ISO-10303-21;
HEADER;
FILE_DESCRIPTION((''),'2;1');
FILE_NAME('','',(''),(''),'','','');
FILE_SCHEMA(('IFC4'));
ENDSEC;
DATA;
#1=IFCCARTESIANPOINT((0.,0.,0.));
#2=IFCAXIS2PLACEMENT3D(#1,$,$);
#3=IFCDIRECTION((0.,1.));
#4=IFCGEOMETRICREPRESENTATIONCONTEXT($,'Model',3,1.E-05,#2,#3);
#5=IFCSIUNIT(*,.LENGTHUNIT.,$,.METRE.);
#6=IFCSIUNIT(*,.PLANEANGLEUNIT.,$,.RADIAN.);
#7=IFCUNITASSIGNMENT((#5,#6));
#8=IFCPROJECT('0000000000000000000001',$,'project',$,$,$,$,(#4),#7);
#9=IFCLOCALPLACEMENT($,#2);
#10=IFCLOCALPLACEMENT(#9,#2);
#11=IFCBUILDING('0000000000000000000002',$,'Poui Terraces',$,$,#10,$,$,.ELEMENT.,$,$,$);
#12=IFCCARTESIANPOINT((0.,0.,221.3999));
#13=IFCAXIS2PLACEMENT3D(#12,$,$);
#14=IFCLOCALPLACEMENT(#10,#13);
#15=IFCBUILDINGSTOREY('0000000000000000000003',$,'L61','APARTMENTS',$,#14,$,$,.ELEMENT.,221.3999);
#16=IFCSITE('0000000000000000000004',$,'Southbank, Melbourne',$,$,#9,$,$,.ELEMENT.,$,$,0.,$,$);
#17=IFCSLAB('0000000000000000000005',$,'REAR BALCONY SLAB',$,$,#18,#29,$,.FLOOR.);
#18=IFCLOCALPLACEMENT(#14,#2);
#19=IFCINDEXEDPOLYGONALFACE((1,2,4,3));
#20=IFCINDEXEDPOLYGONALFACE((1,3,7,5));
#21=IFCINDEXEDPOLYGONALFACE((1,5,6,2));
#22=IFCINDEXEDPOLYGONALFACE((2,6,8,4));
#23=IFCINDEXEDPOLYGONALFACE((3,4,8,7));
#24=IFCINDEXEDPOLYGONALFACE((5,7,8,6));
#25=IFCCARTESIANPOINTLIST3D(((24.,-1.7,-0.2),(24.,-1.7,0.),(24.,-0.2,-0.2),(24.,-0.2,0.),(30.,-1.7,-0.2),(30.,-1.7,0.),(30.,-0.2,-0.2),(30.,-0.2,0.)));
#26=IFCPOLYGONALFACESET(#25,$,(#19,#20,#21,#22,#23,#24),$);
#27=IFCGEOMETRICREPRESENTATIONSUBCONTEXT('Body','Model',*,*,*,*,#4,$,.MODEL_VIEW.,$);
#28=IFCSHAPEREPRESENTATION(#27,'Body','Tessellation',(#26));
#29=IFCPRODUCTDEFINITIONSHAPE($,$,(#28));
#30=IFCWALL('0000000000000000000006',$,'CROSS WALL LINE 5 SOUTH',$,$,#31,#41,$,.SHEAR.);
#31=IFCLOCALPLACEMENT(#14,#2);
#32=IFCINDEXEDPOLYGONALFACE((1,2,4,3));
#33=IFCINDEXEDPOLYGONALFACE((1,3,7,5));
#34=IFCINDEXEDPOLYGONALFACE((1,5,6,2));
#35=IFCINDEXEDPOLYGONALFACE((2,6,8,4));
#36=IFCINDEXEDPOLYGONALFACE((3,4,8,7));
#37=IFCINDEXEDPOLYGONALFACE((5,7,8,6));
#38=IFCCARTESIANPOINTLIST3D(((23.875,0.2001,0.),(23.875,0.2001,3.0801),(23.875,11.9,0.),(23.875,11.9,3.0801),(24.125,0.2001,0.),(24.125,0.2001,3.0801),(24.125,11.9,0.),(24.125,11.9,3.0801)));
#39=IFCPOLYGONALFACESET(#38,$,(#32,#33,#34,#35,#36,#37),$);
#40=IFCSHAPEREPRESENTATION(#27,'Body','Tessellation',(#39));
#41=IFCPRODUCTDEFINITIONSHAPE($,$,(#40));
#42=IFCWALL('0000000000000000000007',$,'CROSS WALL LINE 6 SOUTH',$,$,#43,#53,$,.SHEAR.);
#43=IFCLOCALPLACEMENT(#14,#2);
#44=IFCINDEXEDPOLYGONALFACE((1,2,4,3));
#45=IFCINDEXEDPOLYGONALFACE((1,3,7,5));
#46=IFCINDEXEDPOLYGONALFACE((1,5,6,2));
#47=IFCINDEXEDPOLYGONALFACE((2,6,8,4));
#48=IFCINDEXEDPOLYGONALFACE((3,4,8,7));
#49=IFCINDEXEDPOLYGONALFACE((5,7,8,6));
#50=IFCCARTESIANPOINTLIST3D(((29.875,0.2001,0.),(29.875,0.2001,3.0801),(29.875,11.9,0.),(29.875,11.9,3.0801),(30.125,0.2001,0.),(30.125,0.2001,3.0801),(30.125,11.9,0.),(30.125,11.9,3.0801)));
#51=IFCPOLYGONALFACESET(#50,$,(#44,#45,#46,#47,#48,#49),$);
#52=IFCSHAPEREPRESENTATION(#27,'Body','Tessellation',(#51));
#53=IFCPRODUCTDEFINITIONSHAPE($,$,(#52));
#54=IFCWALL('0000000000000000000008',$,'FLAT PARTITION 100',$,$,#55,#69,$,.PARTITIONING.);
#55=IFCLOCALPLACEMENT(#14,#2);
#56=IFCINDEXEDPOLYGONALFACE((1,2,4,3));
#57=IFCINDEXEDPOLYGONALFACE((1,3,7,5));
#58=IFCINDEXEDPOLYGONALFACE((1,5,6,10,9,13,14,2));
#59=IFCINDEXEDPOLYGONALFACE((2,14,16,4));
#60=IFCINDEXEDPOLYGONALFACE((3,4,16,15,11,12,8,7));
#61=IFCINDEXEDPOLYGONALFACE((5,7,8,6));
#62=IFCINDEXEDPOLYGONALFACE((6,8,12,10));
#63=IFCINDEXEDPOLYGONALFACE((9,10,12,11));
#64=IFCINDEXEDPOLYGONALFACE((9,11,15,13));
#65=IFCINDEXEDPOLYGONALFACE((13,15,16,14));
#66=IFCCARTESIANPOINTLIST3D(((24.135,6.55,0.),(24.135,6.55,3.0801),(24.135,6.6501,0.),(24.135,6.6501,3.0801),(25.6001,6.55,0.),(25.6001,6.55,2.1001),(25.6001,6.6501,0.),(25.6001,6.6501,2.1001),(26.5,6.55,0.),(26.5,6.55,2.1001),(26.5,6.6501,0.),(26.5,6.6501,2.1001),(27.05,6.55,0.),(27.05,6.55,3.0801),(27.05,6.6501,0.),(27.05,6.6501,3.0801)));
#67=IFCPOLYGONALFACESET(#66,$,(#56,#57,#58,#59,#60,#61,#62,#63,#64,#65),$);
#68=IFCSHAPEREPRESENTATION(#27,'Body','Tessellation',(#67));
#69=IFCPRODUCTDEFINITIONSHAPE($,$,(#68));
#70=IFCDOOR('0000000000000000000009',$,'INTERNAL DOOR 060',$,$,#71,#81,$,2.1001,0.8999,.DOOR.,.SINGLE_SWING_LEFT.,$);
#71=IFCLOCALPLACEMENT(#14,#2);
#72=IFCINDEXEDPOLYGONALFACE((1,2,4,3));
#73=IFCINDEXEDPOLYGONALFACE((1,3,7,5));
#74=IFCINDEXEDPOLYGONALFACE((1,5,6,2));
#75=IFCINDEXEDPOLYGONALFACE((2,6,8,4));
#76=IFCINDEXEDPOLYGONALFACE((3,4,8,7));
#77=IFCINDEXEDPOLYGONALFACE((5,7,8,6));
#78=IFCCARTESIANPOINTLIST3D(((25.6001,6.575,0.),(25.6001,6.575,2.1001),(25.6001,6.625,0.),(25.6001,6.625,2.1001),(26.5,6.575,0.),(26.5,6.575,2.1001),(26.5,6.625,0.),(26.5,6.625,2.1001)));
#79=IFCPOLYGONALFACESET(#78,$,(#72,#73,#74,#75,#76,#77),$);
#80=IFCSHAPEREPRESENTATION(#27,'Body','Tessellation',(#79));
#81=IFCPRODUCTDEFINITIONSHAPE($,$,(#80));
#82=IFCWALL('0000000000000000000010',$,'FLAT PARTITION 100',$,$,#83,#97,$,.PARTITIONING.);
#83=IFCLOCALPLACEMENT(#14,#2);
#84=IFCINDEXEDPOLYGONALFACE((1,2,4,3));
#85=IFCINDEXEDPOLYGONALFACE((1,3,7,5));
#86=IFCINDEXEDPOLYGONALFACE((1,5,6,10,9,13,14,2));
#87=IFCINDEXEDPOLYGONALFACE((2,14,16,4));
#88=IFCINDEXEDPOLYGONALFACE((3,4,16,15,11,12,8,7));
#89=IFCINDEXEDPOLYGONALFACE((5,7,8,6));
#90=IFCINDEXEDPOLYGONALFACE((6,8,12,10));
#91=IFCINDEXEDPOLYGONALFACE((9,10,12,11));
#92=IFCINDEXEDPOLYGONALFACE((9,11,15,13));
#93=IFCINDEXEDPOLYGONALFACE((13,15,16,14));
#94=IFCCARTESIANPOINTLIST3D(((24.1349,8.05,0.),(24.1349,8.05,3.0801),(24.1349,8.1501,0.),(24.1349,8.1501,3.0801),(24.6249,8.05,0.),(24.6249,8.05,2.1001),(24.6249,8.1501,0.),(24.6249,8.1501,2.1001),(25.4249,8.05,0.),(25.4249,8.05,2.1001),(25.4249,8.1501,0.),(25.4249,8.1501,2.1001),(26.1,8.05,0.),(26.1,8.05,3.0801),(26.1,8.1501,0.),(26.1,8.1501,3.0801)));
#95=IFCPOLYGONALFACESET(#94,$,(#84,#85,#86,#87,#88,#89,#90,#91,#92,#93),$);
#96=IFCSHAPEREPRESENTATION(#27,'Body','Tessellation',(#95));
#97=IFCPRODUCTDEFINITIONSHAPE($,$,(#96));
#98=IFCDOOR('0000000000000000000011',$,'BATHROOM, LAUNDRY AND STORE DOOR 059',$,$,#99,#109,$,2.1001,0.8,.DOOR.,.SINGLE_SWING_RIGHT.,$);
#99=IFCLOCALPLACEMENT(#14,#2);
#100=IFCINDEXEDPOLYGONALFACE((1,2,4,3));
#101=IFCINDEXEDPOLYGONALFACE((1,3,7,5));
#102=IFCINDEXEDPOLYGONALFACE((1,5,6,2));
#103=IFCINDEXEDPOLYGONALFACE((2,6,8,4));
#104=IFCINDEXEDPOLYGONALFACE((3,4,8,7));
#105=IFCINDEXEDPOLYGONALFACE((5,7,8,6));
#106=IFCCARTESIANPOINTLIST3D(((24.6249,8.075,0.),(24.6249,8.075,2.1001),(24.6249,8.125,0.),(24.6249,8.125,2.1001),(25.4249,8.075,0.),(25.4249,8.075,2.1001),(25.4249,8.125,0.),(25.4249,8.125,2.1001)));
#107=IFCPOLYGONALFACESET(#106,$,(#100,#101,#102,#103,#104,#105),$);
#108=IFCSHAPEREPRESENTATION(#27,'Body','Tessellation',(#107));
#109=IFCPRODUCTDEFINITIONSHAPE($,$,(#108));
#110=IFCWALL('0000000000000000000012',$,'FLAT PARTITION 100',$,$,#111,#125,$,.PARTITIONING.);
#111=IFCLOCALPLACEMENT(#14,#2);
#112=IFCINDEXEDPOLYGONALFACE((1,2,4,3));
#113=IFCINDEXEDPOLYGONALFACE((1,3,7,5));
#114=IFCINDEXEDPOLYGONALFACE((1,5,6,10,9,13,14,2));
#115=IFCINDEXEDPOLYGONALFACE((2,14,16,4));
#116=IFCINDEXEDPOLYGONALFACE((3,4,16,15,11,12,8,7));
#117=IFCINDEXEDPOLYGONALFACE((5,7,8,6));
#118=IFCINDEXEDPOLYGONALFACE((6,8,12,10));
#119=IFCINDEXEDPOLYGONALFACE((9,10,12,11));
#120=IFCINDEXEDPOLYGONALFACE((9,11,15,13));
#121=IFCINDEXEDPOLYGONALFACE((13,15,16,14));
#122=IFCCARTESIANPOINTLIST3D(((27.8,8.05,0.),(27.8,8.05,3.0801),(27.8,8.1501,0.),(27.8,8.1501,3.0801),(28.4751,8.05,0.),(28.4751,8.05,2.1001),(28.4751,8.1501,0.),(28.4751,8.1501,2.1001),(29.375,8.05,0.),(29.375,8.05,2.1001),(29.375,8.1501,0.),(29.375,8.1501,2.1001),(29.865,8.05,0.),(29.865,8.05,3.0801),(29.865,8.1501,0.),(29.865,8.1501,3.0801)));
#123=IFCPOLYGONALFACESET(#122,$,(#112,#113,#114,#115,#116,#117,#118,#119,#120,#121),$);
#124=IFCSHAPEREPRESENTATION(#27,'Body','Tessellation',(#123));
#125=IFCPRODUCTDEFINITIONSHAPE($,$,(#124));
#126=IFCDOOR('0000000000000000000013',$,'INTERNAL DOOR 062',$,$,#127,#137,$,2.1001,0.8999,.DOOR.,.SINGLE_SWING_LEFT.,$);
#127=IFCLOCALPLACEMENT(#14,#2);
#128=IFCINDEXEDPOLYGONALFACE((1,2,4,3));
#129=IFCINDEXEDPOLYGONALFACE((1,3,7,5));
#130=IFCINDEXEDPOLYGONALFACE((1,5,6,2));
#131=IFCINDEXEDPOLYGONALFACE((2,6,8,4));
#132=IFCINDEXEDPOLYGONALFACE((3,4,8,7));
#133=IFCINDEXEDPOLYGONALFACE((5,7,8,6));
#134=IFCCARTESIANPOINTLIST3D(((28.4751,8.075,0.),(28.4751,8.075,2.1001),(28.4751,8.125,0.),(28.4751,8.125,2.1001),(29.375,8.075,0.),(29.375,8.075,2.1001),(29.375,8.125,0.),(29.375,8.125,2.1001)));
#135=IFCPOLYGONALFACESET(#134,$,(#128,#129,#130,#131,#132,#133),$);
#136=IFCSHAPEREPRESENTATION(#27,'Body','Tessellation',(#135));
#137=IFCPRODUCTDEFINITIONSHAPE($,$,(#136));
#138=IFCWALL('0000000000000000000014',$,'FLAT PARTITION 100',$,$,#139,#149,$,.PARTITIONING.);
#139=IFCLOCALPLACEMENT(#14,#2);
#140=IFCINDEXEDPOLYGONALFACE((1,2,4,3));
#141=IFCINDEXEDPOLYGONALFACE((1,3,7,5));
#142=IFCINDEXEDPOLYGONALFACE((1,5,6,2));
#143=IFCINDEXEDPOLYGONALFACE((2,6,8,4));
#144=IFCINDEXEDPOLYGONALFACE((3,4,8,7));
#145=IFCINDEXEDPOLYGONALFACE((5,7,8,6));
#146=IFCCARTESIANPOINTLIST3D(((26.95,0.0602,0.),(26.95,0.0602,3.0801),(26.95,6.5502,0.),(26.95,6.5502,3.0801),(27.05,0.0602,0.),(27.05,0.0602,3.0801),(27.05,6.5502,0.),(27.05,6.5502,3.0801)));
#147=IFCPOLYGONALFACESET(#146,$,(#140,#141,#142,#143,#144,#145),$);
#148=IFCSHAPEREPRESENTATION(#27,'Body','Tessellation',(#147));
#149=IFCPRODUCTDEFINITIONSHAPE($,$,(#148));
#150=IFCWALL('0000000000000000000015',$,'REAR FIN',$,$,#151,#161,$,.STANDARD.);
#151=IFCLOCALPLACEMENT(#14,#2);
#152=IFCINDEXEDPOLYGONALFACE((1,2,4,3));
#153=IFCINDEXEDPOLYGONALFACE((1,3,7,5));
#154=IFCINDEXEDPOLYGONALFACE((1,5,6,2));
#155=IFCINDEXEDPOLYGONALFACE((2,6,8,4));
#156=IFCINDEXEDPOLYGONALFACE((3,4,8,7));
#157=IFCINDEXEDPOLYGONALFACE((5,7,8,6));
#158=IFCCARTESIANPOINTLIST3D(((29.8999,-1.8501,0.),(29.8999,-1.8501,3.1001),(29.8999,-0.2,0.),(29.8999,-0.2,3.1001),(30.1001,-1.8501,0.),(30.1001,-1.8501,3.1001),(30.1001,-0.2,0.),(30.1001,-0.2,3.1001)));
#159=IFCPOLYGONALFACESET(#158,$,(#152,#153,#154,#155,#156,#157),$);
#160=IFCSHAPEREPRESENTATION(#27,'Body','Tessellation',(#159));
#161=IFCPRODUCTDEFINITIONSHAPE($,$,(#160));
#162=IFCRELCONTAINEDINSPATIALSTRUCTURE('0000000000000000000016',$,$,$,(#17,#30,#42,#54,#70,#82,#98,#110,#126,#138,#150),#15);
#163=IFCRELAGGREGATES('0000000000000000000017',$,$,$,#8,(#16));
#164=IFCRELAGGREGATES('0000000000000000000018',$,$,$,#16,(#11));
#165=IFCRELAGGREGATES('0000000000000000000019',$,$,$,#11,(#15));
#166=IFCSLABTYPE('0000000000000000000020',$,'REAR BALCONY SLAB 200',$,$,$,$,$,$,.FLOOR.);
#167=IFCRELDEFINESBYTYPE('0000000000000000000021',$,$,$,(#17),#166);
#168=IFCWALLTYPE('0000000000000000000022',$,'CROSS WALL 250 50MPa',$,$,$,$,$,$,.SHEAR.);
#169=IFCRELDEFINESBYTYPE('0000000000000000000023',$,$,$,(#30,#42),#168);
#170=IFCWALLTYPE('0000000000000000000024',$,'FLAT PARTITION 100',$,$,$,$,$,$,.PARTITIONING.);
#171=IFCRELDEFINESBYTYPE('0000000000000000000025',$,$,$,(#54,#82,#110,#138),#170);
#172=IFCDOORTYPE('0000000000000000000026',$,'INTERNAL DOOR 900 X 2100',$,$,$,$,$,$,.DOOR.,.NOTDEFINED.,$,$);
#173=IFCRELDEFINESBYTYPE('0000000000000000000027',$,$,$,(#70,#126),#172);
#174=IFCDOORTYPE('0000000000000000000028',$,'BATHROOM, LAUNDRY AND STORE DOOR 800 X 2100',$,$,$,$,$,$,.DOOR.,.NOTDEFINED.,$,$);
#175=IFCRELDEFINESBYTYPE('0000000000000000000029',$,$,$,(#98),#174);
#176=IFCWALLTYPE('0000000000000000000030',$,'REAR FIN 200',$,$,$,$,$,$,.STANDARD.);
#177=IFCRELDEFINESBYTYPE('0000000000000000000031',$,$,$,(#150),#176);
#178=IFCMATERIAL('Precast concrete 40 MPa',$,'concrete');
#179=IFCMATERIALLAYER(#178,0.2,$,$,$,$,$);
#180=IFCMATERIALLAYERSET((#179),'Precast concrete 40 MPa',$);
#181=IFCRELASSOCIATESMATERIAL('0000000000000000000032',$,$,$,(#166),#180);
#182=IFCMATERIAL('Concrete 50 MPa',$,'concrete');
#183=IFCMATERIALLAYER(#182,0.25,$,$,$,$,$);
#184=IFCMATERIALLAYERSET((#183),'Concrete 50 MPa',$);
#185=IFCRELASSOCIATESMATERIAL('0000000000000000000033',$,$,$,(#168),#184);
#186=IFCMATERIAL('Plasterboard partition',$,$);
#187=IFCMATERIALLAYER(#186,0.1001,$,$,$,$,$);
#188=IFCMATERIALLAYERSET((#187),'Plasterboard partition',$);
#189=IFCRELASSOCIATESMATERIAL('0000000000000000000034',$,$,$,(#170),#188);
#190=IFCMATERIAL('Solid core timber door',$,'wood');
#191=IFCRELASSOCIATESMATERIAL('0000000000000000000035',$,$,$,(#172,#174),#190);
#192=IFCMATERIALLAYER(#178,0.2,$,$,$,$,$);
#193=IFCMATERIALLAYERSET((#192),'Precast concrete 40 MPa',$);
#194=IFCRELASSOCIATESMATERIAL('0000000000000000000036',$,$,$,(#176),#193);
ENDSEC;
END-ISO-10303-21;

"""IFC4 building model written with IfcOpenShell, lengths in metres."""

from ifc_helpers import new_model, si_unit, direction, frame, frame_2d, origin, place, context, subcontext, project, spatial, polyline, rectangle, outline, extrude, source, transform, mapped, material, layer, layer_set, type_object, element, fill, save


model = new_model("IFC4")

# Units and contexts
model_context = context("Model", 3, precision=1e-05, world=origin(), true_north=direction((0.0, 1.0)))
body_context = subcontext(model_context, "Body", "Model", "MODEL_VIEW")
ifc_project = project(units=[si_unit("LENGTHUNIT", "METRE"), si_unit("PLANEANGLEUNIT", "RADIAN")], contexts=[model_context])

# Site, building, storey
site_placement = place(None, origin())
site = spatial("IfcSite", under=ifc_project, at=site_placement, Name="Southbank, Melbourne", CompositionType="ELEMENT", RefElevation=0.0)
building_placement = place(site_placement, origin())
building = spatial("IfcBuilding", under=site, at=building_placement, Name="Poui Terraces", CompositionType="ELEMENT")
storey_placement = place(building_placement, frame((0.0, 0.0, 221.3999)))
storey = spatial("IfcBuildingStorey", under=building, at=storey_placement, Name="L61", Description="APARTMENTS", CompositionType="ELEMENT", Elevation=221.3999)

# Slab
ifc_material_1 = material(Name="Precast concrete 40 MPa", Category="concrete")
ifc_layer_1 = layer(ifc_material_1, 0.2)
ifc_layer_set_1 = layer_set([ifc_layer_1], Name="Precast concrete 40 MPa")
slab_type = type_object("IfcSlabType", Name="REAR BALCONY SLAB 200", PredefinedType="FLOOR", material=ifc_layer_set_1)
shared_shape_1 = source(origin(), body_context, "Body", "SweptSolid", [
    extrude(outline(polyline([(0.0, 0.0), (6.0, 0.0), (6.0, 1.5), (0.0, 1.5), (0.0, 0.0)])), origin(), (0.0, 0.0, 1.0), 0.2),
])
slab_placement = place(storey_placement, frame((24.0, -1.7, -0.2)))
element("IfcSlab", 1, at=slab_placement, inside=storey, type_object=slab_type, Name="REAR BALCONY SLAB", PredefinedType="FLOOR", context=body_context, shape_type="MappedRepresentation", body=[
    mapped(shared_shape_1, transform((0.0, 0.0, 0.0))),
])

# Walls
ifc_material_2 = material(Name="Concrete 50 MPa", Category="concrete")
ifc_layer_2 = layer(ifc_material_2, 0.25)
ifc_layer_set_2 = layer_set([ifc_layer_2], Name="Concrete 50 MPa")
wall_type_1 = type_object("IfcWallType", Name="CROSS WALL 250 50MPa", PredefinedType="SHEAR", material=ifc_layer_set_2)
for number, where, z_axis, x_axis, name in (
    (2, (24.0, 0.2, 0.0), (0.0, 0.0, 1.0), (0.0, 1.0, 0.0), "CROSS WALL LINE 5 SOUTH"),
    (3, (30.0, 0.2, 0.0), (0.0, 0.0, 1.0), (0.0, 1.0, 0.0), "CROSS WALL LINE 6 SOUTH"),
):
    element("IfcWall", number, at=place(storey_placement, frame(where, z_axis=z_axis, x_axis=x_axis)), inside=storey, type_object=wall_type_1, Name=name, PredefinedType="SHEAR", context=body_context, shape_type="SweptSolid", body=[
        extrude(rectangle(XDim=11.7, YDim=0.25, at=frame_2d((5.8501, 0.0))), origin(), (0.0, 0.0, 1.0), 3.0801),
    ])

# Walls, openings, doors
ifc_material_3 = material(Name="Plasterboard partition")
ifc_layer_3 = layer(ifc_material_3, 0.1001)
ifc_layer_set_3 = layer_set([ifc_layer_3], Name="Plasterboard partition")
wall_type_2 = type_object("IfcWallType", Name="FLAT PARTITION 100", PredefinedType="PARTITIONING", material=ifc_layer_set_3)
wall_1_placement = place(storey_placement, frame((24.135, 6.6001, 0.0), z_axis=(0.0, 0.0, 1.0), x_axis=(1.0, 0.0, 0.0)))
wall_1 = element("IfcWall", 4, at=wall_1_placement, inside=storey, type_object=wall_type_2, Name="FLAT PARTITION 100", PredefinedType="PARTITIONING", context=body_context, shape_type="SweptSolid", body=[
    extrude(rectangle(XDim=2.915, YDim=0.1001, at=frame_2d((1.4575, 0.0))), origin(), (0.0, 0.0, 1.0), 3.0801),
])
opening_1_placement = place(wall_1_placement, frame((1.4651, 0.0, 0.0)))
opening_1 = element("IfcOpeningElement", 5, at=opening_1_placement, cuts=wall_1, PredefinedType="OPENING", context=body_context, shape_type="SweptSolid", body=[
    extrude(rectangle(XDim=0.8999, YDim=2.1001, at=frame_2d((0.45, 1.05))), frame((0.0, 0.0601, 0.0), z_axis=(0.0, -1.0, 0.0), x_axis=(1.0, 0.0, 0.0)), (0.0, 0.0, 1.0), 0.1201),
])
ifc_material_4 = material(Name="Solid core timber door", Category="wood")
door_type_1 = type_object("IfcDoorType", Name="INTERNAL DOOR 900 X 2100", OperationType="NOTDEFINED", PredefinedType="DOOR", material=ifc_material_4)
door_1_placement = place(opening_1_placement, origin())
door_1 = element("IfcDoor", 6, at=door_1_placement, inside=storey, type_object=door_type_1, Name="INTERNAL DOOR 060", OperationType="SINGLE_SWING_LEFT", OverallHeight=2.1001, OverallWidth=0.8999, PredefinedType="DOOR", context=body_context, shape_type="SweptSolid", body=[
    extrude(rectangle(XDim=0.8999, YDim=2.1001, at=frame_2d((0.45, 1.05))), frame((0.0, 0.0249, 0.0), z_axis=(0.0, -1.0, 0.0), x_axis=(1.0, 0.0, 0.0)), (0.0, 0.0, 1.0), 0.05),
])
fill(opening_1, door_1)
wall_2_placement = place(storey_placement, frame((24.135, 8.1001, 0.0), z_axis=(0.0, 0.0, 1.0), x_axis=(1.0, 0.0, 0.0)))
wall_2 = element("IfcWall", 7, at=wall_2_placement, inside=storey, type_object=wall_type_2, Name="FLAT PARTITION 100", PredefinedType="PARTITIONING", context=body_context, shape_type="SweptSolid", body=[
    extrude(rectangle(XDim=1.9651, YDim=0.1001, at=frame_2d((0.9824, 0.0))), origin(), (0.0, 0.0, 1.0), 3.0801),
])
opening_2_placement = place(wall_2_placement, frame((0.49, 0.0, 0.0)))
opening_2 = element("IfcOpeningElement", 8, at=opening_2_placement, cuts=wall_2, PredefinedType="OPENING", context=body_context, shape_type="SweptSolid", body=[
    extrude(rectangle(XDim=0.8, YDim=2.1001, at=frame_2d((0.3999, 1.05))), frame((0.0, 0.0601, 0.0), z_axis=(0.0, -1.0, 0.0), x_axis=(1.0, 0.0, 0.0)), (0.0, 0.0, 1.0), 0.1201),
])
door_type_2 = type_object("IfcDoorType", Name="BATHROOM, LAUNDRY AND STORE DOOR 800 X 2100", OperationType="NOTDEFINED", PredefinedType="DOOR", material=ifc_material_4)
door_2_placement = place(opening_2_placement, origin())
door_2 = element("IfcDoor", 9, at=door_2_placement, inside=storey, type_object=door_type_2, Name="BATHROOM, LAUNDRY AND STORE DOOR 059", OperationType="SINGLE_SWING_RIGHT", OverallHeight=2.1001, OverallWidth=0.8, PredefinedType="DOOR", context=body_context, shape_type="SweptSolid", body=[
    extrude(rectangle(XDim=0.8, YDim=2.1001, at=frame_2d((0.3999, 1.05))), frame((0.0, 0.0249, 0.0), z_axis=(0.0, -1.0, 0.0), x_axis=(1.0, 0.0, 0.0)), (0.0, 0.0, 1.0), 0.05),
])
fill(opening_2, door_2)
wall_3_placement = place(storey_placement, frame((27.8, 8.1001, 0.0), z_axis=(0.0, 0.0, 1.0), x_axis=(1.0, 0.0, 0.0)))
wall_3 = element("IfcWall", 10, at=wall_3_placement, inside=storey, type_object=wall_type_2, Name="FLAT PARTITION 100", PredefinedType="PARTITIONING", context=body_context, shape_type="SweptSolid", body=[
    extrude(rectangle(XDim=2.0649, YDim=0.1001, at=frame_2d((1.0325, 0.0))), origin(), (0.0, 0.0, 1.0), 3.0801),
])
opening_3_placement = place(wall_3_placement, frame((0.675, 0.0, 0.0)))
opening_3 = element("IfcOpeningElement", 11, at=opening_3_placement, cuts=wall_3, PredefinedType="OPENING", context=body_context, shape_type="SweptSolid", body=[
    extrude(rectangle(XDim=0.8999, YDim=2.1001, at=frame_2d((0.45, 1.05))), frame((0.0, 0.0601, 0.0), z_axis=(0.0, -1.0, 0.0), x_axis=(1.0, 0.0, 0.0)), (0.0, 0.0, 1.0), 0.1201),
])
door_3_placement = place(opening_3_placement, origin())
door_3 = element("IfcDoor", 12, at=door_3_placement, inside=storey, type_object=door_type_1, Name="INTERNAL DOOR 062", OperationType="SINGLE_SWING_LEFT", OverallHeight=2.1001, OverallWidth=0.8999, PredefinedType="DOOR", context=body_context, shape_type="SweptSolid", body=[
    extrude(rectangle(XDim=0.8999, YDim=2.1001, at=frame_2d((0.45, 1.05))), frame((0.0, 0.0249, 0.0), z_axis=(0.0, -1.0, 0.0), x_axis=(1.0, 0.0, 0.0)), (0.0, 0.0, 1.0), 0.05),
])
fill(opening_3, door_3)

# Walls
wall_4_placement = place(storey_placement, frame((27.0, 0.0601, 0.0), z_axis=(0.0, 0.0, 1.0), x_axis=(0.0, 1.0, 0.0)))
element("IfcWall", 13, at=wall_4_placement, inside=storey, type_object=wall_type_2, Name="FLAT PARTITION 100", PredefinedType="PARTITIONING", context=body_context, shape_type="SweptSolid", body=[
    extrude(rectangle(XDim=6.49, YDim=0.1001, at=frame_2d((3.2451, 0.0))), origin(), (0.0, 0.0, 1.0), 3.0801),
])
ifc_layer_4 = layer(ifc_material_1, 0.2)
ifc_layer_set_4 = layer_set([ifc_layer_4], Name="Precast concrete 40 MPa")
wall_type_3 = type_object("IfcWallType", Name="REAR FIN 200", PredefinedType="STANDARD", material=ifc_layer_set_4)
shared_shape_2 = source(origin(), body_context, "Body", "SweptSolid", [
    extrude(outline(polyline([(0.0, 0.0), (0.2002, 0.0), (0.2002, 1.6501), (0.0, 1.6501), (0.0, 0.0)])), origin(), (0.0, 0.0, 1.0), 3.1001),
])
wall_5_placement = place(storey_placement, frame((29.8999, -1.8501, 0.0)))
element("IfcWall", 14, at=wall_5_placement, inside=storey, type_object=wall_type_3, Name="REAR FIN", PredefinedType="STANDARD", context=body_context, shape_type="MappedRepresentation", body=[
    mapped(shared_shape_2, transform((0.0, 0.0, 0.0))),
])

save(model, "model.ifc")
